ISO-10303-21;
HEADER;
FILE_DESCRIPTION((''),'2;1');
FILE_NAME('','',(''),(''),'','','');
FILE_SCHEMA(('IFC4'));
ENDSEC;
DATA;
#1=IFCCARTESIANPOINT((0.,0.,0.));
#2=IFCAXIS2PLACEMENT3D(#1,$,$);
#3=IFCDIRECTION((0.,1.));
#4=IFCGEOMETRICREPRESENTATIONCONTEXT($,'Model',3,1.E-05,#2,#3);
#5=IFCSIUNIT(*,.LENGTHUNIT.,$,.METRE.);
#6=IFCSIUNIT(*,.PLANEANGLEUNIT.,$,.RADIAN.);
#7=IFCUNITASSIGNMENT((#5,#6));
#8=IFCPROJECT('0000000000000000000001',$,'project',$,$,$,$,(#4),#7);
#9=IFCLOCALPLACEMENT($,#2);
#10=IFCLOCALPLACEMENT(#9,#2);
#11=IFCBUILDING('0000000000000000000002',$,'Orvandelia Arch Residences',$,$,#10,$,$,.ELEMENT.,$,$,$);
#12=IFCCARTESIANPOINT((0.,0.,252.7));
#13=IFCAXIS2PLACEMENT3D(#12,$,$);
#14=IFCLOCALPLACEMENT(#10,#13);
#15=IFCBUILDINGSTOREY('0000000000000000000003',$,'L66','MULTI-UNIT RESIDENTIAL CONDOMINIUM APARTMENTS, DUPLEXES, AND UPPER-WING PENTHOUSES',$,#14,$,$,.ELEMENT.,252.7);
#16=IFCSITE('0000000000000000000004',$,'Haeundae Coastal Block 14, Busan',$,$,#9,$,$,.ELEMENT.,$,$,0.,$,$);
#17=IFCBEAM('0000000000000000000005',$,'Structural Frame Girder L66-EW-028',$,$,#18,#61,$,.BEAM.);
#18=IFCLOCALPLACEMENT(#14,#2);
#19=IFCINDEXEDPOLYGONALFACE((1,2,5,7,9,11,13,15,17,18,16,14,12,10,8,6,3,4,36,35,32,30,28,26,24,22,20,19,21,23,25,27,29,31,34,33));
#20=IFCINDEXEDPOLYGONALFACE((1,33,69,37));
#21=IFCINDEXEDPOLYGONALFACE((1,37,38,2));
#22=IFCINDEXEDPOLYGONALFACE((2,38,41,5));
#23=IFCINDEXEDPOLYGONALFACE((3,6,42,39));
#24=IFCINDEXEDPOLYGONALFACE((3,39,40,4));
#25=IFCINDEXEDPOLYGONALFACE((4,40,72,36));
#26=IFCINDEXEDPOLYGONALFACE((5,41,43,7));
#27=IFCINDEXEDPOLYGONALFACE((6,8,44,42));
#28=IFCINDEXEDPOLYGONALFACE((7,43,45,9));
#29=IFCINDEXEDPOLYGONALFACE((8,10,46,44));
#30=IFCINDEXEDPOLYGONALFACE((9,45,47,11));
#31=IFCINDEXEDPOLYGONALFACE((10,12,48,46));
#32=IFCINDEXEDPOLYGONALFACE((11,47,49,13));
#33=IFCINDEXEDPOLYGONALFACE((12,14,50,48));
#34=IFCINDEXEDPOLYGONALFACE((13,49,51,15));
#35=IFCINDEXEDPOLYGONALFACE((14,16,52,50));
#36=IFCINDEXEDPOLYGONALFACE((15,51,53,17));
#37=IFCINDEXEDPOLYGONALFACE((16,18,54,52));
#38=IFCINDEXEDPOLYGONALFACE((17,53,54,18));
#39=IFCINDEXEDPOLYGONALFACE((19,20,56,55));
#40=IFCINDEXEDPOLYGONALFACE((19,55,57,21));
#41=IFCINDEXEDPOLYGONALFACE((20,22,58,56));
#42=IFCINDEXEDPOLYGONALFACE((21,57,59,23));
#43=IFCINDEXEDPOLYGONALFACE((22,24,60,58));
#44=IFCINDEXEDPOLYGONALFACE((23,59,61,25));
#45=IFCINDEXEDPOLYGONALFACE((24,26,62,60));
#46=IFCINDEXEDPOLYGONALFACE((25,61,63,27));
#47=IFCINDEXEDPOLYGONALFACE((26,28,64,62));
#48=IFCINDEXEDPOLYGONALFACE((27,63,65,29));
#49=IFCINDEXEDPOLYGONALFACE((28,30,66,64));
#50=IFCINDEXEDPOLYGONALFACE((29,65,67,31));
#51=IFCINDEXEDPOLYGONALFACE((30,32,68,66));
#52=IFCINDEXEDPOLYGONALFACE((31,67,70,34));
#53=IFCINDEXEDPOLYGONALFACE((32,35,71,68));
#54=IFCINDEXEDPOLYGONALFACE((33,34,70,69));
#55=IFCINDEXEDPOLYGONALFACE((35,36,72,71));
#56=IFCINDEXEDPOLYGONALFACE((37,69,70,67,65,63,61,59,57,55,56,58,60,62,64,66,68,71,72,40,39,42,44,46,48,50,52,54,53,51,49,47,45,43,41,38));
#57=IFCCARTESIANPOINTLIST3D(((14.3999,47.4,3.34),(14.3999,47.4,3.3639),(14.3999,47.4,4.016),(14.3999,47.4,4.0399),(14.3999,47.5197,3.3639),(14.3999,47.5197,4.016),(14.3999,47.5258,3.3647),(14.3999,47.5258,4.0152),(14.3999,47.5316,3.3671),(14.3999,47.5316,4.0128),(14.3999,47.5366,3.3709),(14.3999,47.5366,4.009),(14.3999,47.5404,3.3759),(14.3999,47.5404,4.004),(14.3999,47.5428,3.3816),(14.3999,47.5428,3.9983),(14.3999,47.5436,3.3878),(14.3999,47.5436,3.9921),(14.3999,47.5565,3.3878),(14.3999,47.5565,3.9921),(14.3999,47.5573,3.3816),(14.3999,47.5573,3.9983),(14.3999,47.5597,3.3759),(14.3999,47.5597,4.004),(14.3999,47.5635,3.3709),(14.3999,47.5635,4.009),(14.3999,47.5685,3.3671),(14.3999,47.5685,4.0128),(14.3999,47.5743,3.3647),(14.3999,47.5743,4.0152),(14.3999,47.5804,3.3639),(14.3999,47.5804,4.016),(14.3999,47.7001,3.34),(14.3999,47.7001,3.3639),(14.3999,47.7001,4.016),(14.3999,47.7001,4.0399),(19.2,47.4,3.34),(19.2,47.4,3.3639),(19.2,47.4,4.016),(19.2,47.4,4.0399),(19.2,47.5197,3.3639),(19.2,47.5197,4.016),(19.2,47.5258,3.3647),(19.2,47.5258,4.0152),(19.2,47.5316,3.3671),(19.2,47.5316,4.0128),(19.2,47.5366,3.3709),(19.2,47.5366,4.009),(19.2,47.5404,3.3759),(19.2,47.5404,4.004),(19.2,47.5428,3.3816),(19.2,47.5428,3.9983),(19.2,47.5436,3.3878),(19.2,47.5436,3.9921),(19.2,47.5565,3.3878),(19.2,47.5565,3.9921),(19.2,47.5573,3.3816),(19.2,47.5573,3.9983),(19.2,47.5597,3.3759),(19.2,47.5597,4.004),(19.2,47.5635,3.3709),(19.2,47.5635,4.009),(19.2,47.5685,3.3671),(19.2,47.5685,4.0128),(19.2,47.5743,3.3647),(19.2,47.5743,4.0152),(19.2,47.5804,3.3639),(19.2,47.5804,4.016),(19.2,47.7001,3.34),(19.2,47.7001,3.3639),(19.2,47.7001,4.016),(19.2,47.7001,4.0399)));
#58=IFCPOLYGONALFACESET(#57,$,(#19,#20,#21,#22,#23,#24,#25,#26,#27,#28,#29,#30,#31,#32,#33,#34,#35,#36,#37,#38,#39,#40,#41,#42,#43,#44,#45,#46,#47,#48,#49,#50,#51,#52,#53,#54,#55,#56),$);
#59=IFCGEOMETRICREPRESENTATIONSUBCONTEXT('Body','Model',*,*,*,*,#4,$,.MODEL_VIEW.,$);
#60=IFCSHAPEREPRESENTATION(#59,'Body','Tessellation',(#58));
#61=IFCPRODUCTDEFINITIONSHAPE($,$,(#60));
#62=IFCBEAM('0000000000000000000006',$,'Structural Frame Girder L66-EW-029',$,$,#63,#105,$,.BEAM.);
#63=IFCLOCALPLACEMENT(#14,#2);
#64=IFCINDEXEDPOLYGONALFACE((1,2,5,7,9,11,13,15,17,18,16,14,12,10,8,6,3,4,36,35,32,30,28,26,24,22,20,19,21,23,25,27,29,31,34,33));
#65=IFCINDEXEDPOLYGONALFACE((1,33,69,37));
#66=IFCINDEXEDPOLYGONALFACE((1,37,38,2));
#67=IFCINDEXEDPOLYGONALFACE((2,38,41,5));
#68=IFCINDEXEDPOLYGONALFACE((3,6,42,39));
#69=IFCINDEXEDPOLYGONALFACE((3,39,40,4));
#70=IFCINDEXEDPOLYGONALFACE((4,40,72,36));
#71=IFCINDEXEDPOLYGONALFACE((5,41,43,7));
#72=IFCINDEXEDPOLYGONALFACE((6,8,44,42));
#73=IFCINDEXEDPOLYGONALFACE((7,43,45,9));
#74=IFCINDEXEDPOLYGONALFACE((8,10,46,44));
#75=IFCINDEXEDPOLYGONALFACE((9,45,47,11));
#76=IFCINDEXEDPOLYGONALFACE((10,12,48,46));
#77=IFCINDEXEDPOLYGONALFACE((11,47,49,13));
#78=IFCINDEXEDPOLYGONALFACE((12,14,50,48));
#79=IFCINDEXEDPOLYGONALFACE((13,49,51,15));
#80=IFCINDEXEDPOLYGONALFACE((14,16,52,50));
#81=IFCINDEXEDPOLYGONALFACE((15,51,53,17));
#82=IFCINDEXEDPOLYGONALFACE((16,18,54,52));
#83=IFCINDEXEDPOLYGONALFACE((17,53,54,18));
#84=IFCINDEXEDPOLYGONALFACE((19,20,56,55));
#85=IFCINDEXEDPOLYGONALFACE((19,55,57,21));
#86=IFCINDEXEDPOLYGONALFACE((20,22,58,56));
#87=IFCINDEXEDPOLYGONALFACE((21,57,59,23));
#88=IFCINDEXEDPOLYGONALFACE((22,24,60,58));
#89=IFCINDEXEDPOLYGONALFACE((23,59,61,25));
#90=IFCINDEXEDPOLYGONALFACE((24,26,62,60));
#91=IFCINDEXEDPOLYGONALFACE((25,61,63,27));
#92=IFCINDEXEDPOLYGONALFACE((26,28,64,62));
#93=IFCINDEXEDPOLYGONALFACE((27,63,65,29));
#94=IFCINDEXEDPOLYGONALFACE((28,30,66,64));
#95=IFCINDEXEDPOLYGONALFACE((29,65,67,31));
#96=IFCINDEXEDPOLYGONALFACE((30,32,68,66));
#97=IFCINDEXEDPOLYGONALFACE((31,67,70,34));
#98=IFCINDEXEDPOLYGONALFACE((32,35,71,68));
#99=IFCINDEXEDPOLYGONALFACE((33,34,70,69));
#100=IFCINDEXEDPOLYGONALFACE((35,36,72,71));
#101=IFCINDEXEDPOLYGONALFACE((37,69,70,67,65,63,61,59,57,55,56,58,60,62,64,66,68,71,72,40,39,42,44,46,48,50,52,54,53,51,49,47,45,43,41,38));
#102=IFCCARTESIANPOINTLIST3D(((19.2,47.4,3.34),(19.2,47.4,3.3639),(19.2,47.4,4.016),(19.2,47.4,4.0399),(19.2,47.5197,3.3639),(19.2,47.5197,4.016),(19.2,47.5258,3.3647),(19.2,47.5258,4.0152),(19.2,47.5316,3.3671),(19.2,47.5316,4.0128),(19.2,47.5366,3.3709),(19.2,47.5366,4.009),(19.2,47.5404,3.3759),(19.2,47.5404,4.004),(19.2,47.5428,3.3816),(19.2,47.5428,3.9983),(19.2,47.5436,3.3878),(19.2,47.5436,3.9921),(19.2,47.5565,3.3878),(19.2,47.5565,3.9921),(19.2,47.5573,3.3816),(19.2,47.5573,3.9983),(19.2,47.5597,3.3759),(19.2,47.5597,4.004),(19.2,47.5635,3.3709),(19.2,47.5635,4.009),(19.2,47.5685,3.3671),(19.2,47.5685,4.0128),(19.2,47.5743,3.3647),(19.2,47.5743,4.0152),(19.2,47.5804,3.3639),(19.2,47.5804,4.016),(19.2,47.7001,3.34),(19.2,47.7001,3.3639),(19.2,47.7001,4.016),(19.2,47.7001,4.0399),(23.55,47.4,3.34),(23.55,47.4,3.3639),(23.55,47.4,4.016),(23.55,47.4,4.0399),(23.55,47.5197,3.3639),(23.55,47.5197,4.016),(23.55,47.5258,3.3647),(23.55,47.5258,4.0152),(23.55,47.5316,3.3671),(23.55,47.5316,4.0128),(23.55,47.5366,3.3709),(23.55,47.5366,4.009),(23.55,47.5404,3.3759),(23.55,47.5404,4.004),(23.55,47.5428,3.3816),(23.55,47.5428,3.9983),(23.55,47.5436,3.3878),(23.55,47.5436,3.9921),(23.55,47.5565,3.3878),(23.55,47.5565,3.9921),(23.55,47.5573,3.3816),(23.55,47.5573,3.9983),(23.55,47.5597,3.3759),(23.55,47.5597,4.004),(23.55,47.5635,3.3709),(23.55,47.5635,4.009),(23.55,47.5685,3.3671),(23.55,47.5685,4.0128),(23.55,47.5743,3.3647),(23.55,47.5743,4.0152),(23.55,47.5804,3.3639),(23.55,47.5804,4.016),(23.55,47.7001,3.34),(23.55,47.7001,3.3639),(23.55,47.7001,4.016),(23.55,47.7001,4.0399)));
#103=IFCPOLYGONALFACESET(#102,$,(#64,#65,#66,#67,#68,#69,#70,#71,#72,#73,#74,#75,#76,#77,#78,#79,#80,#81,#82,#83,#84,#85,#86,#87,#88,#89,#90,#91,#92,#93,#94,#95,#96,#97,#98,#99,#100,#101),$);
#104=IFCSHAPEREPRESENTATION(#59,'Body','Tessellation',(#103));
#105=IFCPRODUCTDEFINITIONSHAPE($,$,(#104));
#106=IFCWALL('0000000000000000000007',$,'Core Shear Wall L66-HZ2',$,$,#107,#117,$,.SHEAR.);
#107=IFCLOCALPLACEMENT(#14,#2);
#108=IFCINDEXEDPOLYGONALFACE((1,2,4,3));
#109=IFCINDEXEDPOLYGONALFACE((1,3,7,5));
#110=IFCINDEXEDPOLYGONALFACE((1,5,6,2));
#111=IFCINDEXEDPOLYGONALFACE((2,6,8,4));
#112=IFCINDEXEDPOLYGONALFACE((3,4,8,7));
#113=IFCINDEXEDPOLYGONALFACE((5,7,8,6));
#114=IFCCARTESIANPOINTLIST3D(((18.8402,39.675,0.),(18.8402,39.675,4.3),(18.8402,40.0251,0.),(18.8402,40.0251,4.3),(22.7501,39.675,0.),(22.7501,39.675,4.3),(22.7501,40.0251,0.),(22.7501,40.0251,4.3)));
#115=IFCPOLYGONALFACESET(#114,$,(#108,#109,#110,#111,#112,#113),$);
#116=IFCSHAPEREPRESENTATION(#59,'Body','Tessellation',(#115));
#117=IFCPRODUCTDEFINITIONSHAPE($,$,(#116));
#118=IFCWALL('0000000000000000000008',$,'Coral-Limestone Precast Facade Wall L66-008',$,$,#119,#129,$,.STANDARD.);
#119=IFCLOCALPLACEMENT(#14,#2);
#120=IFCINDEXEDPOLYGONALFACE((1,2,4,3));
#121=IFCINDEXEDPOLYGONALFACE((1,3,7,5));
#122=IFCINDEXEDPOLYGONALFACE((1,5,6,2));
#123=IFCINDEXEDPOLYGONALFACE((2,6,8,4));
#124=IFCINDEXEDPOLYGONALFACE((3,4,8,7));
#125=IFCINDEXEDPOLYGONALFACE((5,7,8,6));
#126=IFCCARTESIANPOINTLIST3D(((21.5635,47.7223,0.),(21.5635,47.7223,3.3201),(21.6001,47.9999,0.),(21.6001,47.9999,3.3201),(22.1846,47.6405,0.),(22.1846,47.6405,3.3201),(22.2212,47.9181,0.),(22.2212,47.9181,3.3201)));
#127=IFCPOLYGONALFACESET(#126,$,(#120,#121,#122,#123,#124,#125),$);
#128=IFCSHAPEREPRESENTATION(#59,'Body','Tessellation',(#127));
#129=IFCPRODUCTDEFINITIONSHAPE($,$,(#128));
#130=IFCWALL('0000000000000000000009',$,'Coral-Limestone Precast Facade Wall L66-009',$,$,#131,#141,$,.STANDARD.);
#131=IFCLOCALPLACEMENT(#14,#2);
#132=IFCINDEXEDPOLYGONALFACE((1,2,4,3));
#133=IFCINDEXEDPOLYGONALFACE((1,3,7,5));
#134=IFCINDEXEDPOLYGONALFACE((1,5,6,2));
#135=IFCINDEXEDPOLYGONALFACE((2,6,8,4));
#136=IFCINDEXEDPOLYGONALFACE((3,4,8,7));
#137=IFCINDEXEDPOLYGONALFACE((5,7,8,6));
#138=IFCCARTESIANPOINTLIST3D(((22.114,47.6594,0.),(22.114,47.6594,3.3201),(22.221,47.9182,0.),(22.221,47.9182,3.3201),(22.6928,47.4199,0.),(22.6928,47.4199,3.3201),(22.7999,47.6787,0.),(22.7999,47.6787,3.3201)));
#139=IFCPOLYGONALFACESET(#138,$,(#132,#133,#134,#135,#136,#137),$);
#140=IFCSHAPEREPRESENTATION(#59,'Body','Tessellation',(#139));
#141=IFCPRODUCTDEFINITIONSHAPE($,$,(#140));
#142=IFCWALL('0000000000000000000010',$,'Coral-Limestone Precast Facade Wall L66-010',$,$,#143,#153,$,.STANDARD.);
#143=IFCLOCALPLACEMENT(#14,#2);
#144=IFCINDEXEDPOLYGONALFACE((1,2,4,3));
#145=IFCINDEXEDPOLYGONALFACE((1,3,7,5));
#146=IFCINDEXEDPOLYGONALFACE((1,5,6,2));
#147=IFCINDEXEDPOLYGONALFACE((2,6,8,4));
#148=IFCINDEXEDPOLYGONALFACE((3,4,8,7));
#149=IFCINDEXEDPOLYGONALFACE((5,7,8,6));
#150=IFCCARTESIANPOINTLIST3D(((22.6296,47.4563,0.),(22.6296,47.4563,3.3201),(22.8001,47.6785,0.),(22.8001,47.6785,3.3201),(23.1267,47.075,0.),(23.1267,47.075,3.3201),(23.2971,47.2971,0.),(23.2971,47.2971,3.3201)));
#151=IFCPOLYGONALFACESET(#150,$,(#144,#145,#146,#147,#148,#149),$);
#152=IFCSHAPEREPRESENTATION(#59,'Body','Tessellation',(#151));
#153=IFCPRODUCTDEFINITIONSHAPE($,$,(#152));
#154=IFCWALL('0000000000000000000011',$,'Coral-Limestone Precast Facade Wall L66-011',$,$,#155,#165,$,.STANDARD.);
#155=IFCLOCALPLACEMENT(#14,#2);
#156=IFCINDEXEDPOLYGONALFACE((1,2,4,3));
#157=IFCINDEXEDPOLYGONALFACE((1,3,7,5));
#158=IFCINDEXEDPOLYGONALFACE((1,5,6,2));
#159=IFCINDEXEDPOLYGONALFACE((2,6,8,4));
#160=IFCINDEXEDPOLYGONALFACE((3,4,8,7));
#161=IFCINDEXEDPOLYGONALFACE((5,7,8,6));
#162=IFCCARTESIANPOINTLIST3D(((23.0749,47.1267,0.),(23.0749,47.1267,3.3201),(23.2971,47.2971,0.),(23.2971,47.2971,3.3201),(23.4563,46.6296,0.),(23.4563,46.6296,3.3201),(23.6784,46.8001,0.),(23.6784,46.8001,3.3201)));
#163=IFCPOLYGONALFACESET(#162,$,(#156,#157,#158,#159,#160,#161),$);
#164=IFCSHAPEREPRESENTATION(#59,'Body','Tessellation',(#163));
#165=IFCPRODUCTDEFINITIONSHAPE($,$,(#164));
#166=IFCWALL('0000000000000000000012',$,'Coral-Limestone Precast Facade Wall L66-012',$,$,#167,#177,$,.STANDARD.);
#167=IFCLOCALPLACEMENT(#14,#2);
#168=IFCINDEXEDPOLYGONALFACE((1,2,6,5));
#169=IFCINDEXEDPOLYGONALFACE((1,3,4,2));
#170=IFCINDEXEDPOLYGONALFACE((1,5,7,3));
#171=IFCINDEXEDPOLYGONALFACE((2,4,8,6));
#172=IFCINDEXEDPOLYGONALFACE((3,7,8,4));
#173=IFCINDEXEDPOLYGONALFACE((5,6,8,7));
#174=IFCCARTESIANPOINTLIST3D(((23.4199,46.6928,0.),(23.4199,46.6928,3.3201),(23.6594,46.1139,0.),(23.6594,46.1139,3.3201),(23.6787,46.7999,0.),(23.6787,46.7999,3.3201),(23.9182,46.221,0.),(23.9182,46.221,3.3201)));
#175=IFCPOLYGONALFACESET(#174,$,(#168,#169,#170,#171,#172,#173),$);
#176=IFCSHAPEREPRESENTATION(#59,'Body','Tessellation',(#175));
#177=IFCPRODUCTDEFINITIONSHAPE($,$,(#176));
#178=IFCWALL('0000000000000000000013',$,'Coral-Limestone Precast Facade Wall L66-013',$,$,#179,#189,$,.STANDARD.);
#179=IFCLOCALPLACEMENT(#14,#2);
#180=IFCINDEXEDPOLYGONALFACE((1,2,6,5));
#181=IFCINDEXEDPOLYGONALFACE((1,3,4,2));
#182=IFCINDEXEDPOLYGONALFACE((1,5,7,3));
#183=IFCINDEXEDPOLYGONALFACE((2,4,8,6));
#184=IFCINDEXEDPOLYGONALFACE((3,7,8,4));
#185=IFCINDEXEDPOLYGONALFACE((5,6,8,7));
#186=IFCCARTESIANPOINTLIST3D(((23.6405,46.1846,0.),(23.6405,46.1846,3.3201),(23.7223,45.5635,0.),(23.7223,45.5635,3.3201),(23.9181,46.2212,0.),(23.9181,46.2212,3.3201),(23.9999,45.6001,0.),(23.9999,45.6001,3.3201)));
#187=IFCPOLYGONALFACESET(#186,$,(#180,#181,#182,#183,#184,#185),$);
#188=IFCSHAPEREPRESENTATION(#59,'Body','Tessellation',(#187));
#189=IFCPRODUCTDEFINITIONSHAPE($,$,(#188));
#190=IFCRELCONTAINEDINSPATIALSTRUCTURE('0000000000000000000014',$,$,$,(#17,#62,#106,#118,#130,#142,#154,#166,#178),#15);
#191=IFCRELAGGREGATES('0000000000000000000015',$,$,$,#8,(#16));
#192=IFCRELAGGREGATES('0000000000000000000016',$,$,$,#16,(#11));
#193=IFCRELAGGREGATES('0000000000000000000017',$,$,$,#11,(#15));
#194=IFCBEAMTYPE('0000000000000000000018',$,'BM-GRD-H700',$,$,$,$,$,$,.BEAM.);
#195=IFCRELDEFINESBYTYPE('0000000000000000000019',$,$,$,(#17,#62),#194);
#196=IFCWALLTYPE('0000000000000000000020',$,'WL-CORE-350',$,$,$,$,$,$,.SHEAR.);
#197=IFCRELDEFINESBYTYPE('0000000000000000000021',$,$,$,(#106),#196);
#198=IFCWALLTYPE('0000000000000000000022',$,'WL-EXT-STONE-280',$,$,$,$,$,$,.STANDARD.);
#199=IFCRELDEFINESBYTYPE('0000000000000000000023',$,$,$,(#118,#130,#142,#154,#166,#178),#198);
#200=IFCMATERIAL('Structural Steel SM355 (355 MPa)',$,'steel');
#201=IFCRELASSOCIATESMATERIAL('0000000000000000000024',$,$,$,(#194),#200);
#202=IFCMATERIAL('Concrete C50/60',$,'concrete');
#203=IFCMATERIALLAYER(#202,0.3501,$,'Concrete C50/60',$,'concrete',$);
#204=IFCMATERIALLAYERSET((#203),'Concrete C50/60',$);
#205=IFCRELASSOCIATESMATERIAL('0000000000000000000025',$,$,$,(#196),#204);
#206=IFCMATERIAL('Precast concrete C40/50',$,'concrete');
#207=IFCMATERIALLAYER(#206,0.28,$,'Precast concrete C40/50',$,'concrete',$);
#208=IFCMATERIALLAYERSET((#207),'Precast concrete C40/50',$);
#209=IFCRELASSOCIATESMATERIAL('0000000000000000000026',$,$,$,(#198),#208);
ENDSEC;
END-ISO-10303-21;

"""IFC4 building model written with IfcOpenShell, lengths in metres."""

from ifc_helpers import new_model, si_unit, direction, frame, frame_2d, origin, origin_2d, place, context, subcontext, project, spatial, rectangle, i_section, extrude, material, layer, layer_set, material_profile, profile_set, type_object, element, save


model = new_model("IFC4")

# Units and contexts
model_context = context("Model", 3, precision=1e-05, world=origin(), true_north=direction((0.0, 1.0)))
body_context = subcontext(model_context, "Body", "Model", "MODEL_VIEW")
ifc_project = project(units=[si_unit("LENGTHUNIT", "METRE"), si_unit("PLANEANGLEUNIT", "RADIAN")], contexts=[model_context])

# Site, building, storey
site_placement = place(None, origin())
site = spatial("IfcSite", under=ifc_project, at=site_placement, Name="Haeundae Coastal Block 14, Busan", CompositionType="ELEMENT", RefElevation=0.0)
building_placement = place(site_placement, origin())
building = spatial("IfcBuilding", under=site, at=building_placement, Name="Orvandelia Arch Residences", CompositionType="ELEMENT")
storey_placement = place(building_placement, frame((0.0, 0.0, 252.7)))
storey = spatial("IfcBuildingStorey", under=building, at=storey_placement, Name="L66", Description="MULTI-UNIT RESIDENTIAL CONDOMINIUM APARTMENTS, DUPLEXES, AND UPPER-WING PENTHOUSES", CompositionType="ELEMENT", Elevation=252.7)

# Shared definitions
ifc_material_1 = material(Name="Concrete C50/60", Category="concrete")

# Beams
ifc_material_2 = material(Name="Structural Steel SM355 (355 MPa)", Category="steel")
ifc_material_profile_1 = material_profile(ifc_material_2, i_section(OverallWidth=0.3, OverallDepth=0.7, WebThickness=0.0129, FlangeThickness=0.0239, FilletRadius=0.0239, at=origin_2d()), Name="Structural Steel SM355 (355 MPa)", Category="steel")
ifc_profile_set_1 = profile_set([ifc_material_profile_1], Name="Structural Steel SM355 (355 MPa)")
beam_type = type_object("IfcBeamType", Name="BM-GRD-H700", PredefinedType="BEAM", material=ifc_profile_set_1)
beam_1_placement = place(storey_placement, frame((14.3999, 47.55, 3.6899), z_axis=(1.0, 0.0, 0.0), x_axis=(0.0, 1.0, 0.0)))
element("IfcBeam", 1, at=beam_1_placement, inside=storey, type_object=beam_type, Name="Structural Frame Girder L66-EW-028", PredefinedType="BEAM", context=body_context, shape_type="SweptSolid", body=[
    extrude(i_section(OverallWidth=0.3, OverallDepth=0.7, WebThickness=0.0129, FlangeThickness=0.0239, FilletRadius=0.0239, at=origin_2d()), origin(), (0.0, 0.0, 1.0), 4.8),
])
beam_2_placement = place(storey_placement, frame((19.2, 47.55, 3.6899), z_axis=(1.0, 0.0, 0.0), x_axis=(0.0, 1.0, 0.0)))
element("IfcBeam", 2, at=beam_2_placement, inside=storey, type_object=beam_type, Name="Structural Frame Girder L66-EW-029", PredefinedType="BEAM", context=body_context, shape_type="SweptSolid", body=[
    extrude(i_section(OverallWidth=0.3, OverallDepth=0.7, WebThickness=0.0129, FlangeThickness=0.0239, FilletRadius=0.0239, at=origin_2d()), origin(), (0.0, 0.0, 1.0), 4.3501),
])

# Walls
ifc_layer_1 = layer(ifc_material_1, 0.3501, Name="Concrete C50/60", Category="concrete")
ifc_layer_set_1 = layer_set([ifc_layer_1], Name="Concrete C50/60")
wall_type_1 = type_object("IfcWallType", Name="WL-CORE-350", PredefinedType="SHEAR", material=ifc_layer_set_1)
wall_1_placement = place(storey_placement, frame((18.8401, 39.8501, 0.0), z_axis=(0.0, 0.0, 1.0), x_axis=(1.0, 0.0, 0.0)))
element("IfcWall", 3, at=wall_1_placement, inside=storey, type_object=wall_type_1, Name="Core Shear Wall L66-HZ2", PredefinedType="SHEAR", context=body_context, shape_type="SweptSolid", body=[
    extrude(rectangle(XDim=3.9099, YDim=0.3501, at=frame_2d((1.9551, 0.0))), origin(), (0.0, 0.0, 1.0), 4.3),
])
ifc_material_3 = material(Name="Precast concrete C40/50", Category="concrete")
ifc_layer_2 = layer(ifc_material_3, 0.28, Name="Precast concrete C40/50", Category="concrete")
ifc_layer_set_2 = layer_set([ifc_layer_2], Name="Precast concrete C40/50")
wall_type_2 = type_object("IfcWallType", Name="WL-EXT-STONE-280", PredefinedType="STANDARD", material=ifc_layer_set_2)
for number, where, z_axis, x_axis, name in (
    (4, (21.5818, 47.8611, 0.0), (0.0, 0.0, 1.0), (0.991441, -0.130555, 0.0), "Coral-Limestone Precast Facade Wall L66-008"),
    (5, (22.1675, 47.7888, 0.0), (0.0, 0.0, 1.0), (0.924031, -0.382317, 0.0), "Coral-Limestone Precast Facade Wall L66-009"),
    (6, (22.7148, 47.5674, 0.0), (0.0, 0.0, 1.0), (0.793406, -0.608693, 0.0), "Coral-Limestone Precast Facade Wall L66-010"),
    (7, (23.186, 47.2119, 0.0), (0.0, 0.0, 1.0), (0.608693, -0.793406, 0.0), "Coral-Limestone Precast Facade Wall L66-011"),
    (8, (23.5493, 46.7463, 0.0), (0.0, 0.0, 1.0), (0.382317, -0.924031, 0.0), "Coral-Limestone Precast Facade Wall L66-012"),
    (9, (23.7793, 46.2029, 0.0), (0.0, 0.0, 1.0), (0.130555, -0.991441, 0.0), "Coral-Limestone Precast Facade Wall L66-013"),
):
    element("IfcWall", number, at=place(storey_placement, frame(where, z_axis=z_axis, x_axis=x_axis)), inside=storey, type_object=wall_type_2, Name=name, PredefinedType="STANDARD", context=body_context, shape_type="SweptSolid", body=[
        extrude(rectangle(XDim=0.6265, YDim=0.28, at=frame_2d((0.3132, 0.0))), origin(), (0.0, 0.0, 1.0), 3.3201),
    ])

save(model, "model.ifc")
